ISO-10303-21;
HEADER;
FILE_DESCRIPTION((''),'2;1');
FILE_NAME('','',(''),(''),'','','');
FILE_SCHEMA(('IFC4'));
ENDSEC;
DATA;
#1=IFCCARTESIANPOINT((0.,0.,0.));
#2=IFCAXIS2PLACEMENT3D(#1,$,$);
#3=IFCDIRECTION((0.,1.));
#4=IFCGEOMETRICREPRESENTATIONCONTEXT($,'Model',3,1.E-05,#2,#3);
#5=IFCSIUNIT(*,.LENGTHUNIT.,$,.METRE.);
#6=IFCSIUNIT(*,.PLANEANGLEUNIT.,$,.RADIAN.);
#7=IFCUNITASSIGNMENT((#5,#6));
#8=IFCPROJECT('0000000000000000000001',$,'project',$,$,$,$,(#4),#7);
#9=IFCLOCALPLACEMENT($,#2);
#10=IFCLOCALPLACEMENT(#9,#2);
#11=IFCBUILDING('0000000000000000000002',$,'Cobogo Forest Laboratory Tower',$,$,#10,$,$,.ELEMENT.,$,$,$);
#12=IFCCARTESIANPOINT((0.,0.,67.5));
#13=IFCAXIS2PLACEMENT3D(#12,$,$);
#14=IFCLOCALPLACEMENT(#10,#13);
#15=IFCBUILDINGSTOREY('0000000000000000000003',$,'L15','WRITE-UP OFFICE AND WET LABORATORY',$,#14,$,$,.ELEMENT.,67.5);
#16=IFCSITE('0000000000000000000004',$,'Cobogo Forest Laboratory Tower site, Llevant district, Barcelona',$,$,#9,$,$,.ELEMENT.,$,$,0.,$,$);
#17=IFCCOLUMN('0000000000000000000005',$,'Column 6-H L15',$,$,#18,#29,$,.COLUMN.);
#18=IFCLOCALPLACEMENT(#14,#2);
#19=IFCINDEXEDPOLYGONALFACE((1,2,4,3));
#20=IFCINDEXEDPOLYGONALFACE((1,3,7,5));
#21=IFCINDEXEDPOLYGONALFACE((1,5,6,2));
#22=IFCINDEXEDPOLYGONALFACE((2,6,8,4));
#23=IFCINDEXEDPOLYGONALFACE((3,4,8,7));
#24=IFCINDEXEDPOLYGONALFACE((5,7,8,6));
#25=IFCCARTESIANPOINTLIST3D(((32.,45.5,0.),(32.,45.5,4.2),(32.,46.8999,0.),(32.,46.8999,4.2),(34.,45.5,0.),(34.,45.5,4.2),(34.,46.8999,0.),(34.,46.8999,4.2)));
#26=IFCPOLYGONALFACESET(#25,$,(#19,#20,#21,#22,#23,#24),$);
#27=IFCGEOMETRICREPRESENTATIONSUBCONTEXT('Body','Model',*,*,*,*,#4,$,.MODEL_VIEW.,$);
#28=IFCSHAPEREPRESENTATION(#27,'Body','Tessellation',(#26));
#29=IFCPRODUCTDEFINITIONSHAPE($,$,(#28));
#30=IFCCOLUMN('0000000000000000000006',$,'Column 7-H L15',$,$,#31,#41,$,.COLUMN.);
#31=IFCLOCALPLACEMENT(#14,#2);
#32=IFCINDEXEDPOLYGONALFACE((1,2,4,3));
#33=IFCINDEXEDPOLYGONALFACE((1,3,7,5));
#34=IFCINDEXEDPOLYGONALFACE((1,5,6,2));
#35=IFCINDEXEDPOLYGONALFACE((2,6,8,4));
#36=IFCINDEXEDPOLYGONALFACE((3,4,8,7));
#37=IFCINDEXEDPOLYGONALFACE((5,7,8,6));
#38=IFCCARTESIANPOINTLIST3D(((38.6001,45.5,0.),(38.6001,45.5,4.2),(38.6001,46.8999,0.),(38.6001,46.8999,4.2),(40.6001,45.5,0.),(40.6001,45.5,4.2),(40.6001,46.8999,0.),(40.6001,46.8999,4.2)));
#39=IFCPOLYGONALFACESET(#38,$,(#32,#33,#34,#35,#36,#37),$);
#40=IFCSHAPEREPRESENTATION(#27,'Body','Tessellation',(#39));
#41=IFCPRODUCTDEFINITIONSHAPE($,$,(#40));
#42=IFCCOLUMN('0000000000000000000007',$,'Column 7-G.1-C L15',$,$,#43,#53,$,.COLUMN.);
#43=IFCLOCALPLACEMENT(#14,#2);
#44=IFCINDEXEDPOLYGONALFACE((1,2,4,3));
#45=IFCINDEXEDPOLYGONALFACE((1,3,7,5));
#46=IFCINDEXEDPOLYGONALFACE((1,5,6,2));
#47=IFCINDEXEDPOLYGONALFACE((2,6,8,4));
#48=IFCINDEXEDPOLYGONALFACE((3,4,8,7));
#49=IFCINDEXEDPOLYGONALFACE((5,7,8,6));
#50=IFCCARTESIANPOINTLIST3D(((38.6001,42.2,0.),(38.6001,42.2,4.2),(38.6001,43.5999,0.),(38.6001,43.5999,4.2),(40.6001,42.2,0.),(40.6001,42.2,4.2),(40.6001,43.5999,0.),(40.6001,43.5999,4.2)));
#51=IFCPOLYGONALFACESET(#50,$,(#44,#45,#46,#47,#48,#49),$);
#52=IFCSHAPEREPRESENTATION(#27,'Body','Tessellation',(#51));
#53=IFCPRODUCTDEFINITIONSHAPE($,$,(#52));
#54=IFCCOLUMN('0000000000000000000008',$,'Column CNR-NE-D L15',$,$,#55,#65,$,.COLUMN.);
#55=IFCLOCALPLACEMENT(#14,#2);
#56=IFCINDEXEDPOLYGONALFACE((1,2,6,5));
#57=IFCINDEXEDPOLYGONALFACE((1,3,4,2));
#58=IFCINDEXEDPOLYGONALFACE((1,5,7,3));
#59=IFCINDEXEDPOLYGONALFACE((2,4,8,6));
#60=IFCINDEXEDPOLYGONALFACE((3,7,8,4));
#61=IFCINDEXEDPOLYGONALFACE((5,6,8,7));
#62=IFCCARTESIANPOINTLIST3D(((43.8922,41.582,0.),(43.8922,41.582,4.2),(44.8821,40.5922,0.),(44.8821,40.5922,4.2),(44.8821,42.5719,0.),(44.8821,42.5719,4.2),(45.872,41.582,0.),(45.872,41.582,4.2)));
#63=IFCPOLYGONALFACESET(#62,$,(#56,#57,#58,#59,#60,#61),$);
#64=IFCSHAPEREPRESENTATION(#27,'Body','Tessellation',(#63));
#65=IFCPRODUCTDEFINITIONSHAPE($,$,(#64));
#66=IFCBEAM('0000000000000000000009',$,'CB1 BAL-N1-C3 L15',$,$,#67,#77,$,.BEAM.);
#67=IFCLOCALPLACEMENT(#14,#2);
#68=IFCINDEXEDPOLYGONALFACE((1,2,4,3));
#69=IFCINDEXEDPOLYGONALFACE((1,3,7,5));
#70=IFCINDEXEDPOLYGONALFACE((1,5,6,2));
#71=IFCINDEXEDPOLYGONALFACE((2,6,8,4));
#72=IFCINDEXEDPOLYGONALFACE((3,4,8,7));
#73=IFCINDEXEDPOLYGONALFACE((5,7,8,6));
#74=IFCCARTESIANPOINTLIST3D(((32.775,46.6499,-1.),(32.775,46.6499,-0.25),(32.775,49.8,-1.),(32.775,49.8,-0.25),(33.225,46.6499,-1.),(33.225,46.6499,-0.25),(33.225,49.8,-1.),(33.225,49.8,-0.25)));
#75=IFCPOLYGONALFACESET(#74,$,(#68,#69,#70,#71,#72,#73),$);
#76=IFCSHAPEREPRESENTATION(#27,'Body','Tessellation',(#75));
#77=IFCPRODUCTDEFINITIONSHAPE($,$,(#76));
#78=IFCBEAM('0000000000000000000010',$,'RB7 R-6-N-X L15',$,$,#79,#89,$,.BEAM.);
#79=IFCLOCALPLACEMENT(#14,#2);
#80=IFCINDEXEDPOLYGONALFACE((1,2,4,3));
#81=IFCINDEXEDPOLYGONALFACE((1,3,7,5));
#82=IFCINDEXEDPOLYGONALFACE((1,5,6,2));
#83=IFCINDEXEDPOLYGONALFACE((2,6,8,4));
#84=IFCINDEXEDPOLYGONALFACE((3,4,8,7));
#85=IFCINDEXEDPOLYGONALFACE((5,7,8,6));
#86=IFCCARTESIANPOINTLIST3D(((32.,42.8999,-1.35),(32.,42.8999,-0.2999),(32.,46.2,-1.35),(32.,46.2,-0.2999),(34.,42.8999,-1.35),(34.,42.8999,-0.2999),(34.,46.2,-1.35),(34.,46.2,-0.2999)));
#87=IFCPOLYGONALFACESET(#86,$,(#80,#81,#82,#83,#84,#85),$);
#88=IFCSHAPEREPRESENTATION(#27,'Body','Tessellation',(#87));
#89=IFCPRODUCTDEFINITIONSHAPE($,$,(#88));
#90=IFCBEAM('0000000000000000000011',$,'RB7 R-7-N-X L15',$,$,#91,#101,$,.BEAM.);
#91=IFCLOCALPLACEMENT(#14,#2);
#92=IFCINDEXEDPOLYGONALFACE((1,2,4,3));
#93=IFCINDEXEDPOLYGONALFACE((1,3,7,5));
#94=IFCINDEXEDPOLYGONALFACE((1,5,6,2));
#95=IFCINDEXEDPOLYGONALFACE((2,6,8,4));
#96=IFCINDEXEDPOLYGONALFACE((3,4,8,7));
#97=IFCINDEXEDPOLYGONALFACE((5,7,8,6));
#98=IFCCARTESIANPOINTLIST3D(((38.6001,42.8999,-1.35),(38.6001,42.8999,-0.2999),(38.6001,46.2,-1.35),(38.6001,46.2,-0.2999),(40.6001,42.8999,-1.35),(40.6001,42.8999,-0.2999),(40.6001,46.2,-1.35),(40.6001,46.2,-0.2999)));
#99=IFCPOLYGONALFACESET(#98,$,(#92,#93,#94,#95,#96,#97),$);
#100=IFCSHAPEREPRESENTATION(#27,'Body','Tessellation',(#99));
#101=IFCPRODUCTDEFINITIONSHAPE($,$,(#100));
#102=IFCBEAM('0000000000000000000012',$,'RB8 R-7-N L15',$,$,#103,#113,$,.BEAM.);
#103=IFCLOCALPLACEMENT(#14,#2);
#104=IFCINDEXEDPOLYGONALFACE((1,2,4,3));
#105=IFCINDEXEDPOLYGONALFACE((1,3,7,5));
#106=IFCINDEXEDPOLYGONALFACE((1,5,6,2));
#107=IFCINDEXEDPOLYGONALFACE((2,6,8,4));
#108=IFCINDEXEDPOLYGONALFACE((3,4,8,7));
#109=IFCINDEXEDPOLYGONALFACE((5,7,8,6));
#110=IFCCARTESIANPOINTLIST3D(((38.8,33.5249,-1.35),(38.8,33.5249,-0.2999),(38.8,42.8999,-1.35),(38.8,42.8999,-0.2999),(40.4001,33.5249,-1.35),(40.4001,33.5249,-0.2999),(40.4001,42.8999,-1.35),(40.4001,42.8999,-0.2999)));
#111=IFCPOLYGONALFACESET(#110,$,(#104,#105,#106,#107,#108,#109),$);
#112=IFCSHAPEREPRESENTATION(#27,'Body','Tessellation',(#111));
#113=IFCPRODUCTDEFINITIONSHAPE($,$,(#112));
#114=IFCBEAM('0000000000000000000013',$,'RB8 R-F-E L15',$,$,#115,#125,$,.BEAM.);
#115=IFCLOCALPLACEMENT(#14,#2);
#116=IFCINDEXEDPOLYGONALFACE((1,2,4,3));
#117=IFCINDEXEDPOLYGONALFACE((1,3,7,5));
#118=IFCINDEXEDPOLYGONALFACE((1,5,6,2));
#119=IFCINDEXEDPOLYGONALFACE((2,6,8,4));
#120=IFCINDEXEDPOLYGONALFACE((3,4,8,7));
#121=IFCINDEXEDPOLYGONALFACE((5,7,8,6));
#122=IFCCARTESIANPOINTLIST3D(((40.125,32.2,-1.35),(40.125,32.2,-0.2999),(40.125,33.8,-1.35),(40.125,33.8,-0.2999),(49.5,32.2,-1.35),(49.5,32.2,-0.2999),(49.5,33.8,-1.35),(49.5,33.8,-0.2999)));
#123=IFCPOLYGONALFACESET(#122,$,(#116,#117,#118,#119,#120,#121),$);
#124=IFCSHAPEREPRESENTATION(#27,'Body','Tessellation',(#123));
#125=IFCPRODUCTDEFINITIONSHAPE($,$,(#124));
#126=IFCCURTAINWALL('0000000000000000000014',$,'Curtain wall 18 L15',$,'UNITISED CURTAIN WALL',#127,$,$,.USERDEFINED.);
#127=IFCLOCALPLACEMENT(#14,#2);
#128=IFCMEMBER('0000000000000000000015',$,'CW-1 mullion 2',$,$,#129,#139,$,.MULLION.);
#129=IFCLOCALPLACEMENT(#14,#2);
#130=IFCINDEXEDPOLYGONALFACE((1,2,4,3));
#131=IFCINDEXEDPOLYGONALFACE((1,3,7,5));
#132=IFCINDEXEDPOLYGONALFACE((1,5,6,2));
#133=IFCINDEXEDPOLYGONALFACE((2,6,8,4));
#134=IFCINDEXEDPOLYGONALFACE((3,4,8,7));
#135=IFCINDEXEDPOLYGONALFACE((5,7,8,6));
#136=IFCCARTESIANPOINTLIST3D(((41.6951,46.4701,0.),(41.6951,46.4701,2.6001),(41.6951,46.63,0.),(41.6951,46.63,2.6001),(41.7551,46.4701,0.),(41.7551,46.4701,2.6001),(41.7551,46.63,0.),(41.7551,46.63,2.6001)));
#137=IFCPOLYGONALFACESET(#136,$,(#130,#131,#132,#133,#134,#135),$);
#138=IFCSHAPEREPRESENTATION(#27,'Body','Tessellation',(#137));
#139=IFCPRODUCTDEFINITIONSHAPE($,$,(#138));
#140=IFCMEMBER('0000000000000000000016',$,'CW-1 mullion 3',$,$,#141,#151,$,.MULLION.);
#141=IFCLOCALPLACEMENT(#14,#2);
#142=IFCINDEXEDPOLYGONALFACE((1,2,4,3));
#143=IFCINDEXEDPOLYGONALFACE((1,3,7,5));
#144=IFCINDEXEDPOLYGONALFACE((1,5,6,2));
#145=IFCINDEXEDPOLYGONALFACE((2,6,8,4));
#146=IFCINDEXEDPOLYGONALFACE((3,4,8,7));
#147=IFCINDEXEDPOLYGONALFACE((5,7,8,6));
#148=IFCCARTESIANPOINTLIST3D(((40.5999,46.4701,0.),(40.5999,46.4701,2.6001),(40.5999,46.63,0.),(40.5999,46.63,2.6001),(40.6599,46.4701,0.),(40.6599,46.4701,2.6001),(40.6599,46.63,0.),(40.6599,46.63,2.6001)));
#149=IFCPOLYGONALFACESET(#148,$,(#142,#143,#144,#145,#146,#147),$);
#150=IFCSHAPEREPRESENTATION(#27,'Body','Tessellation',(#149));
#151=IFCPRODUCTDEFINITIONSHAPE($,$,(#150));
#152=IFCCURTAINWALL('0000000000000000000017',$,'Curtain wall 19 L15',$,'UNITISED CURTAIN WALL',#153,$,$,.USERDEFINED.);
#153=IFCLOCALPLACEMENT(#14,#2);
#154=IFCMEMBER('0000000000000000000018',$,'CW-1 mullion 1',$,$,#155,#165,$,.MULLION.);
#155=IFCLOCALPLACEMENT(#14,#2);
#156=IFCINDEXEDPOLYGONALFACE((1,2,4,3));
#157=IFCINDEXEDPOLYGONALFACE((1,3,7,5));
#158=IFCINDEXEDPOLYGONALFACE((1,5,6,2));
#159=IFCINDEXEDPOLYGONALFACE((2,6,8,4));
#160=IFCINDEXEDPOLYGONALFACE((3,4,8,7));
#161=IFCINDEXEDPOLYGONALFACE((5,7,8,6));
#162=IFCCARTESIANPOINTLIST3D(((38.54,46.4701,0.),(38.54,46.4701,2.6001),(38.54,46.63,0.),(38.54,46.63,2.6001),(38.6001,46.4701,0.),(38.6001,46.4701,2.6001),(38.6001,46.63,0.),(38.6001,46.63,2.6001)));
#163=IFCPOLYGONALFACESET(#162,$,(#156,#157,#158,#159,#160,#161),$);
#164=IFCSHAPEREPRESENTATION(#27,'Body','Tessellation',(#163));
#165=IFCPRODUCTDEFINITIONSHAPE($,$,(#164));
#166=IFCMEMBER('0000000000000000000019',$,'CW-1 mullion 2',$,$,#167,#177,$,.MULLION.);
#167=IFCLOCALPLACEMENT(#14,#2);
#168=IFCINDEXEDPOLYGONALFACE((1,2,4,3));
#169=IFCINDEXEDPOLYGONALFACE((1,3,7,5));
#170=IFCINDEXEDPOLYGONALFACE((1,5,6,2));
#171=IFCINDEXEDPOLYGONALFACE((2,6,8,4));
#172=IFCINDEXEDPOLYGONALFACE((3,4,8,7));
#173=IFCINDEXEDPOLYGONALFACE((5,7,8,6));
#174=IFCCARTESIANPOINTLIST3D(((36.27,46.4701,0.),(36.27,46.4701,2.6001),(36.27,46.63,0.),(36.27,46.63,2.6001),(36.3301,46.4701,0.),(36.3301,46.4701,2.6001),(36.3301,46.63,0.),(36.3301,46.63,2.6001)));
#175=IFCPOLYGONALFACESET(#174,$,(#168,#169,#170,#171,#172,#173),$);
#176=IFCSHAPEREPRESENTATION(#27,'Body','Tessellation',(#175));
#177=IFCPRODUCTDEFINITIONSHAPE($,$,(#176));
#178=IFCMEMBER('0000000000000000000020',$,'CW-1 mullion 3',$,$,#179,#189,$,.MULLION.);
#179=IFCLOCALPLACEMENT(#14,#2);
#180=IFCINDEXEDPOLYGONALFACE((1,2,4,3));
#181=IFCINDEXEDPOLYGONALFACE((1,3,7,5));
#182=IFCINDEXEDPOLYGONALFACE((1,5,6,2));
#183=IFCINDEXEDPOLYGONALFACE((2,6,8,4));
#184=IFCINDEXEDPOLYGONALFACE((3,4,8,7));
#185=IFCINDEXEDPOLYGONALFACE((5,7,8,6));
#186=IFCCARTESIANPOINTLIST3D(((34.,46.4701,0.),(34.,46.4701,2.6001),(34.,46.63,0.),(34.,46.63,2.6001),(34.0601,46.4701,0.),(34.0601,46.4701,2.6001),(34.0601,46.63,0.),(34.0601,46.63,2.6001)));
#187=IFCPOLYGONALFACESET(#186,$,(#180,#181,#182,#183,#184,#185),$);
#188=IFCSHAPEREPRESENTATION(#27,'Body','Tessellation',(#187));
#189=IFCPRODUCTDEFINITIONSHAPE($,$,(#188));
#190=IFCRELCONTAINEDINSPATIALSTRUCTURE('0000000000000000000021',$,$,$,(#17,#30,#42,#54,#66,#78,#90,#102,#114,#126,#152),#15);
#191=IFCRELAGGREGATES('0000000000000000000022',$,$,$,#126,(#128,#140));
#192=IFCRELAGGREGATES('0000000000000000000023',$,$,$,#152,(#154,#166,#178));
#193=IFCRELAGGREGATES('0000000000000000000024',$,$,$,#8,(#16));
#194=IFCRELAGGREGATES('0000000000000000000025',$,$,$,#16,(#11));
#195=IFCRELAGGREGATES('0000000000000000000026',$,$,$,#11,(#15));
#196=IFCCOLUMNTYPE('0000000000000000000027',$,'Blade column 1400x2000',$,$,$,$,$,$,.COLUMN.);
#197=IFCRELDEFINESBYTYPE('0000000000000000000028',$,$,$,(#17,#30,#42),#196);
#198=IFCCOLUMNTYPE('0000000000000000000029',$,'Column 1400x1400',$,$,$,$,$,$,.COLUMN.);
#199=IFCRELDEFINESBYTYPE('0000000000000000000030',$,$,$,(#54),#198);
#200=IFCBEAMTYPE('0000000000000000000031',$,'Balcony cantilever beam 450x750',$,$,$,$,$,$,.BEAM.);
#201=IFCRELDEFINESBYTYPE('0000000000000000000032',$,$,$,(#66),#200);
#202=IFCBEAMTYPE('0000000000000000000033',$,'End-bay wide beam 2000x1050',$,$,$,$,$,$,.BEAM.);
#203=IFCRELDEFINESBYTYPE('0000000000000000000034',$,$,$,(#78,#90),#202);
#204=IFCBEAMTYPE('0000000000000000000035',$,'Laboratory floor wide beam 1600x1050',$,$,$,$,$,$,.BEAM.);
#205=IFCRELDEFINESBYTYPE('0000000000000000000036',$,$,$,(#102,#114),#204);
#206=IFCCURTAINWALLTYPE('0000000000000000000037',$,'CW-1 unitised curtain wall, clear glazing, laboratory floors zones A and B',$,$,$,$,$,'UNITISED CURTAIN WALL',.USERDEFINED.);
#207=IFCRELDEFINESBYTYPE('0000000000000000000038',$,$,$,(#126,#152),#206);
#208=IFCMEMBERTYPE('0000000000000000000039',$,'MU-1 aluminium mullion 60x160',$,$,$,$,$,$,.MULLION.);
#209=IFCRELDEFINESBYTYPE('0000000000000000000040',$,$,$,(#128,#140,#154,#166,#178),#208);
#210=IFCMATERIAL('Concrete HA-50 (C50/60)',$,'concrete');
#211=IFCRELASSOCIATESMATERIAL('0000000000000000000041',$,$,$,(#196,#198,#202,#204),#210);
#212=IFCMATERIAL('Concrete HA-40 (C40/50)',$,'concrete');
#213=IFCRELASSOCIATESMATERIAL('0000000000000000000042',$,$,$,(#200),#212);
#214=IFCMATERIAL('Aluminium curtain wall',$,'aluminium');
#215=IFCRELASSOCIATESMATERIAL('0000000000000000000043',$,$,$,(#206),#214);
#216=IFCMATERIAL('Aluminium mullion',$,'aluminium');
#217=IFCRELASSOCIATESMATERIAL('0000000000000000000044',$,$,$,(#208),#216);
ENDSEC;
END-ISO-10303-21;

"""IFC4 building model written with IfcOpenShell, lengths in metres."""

from ifc_helpers import new_model, si_unit, direction, frame, origin, origin_2d, place, context, subcontext, project, spatial, rectangle, extrude, material, material_profile, profile_set, type_object, element, aggregate, save


model = new_model("IFC4")

# Units and contexts
model_context = context("Model", 3, precision=1e-05, world=origin(), true_north=direction((0.0, 1.0)))
body_context = subcontext(model_context, "Body", "Model", "MODEL_VIEW")
ifc_project = project(units=[si_unit("LENGTHUNIT", "METRE"), si_unit("PLANEANGLEUNIT", "RADIAN")], contexts=[model_context])

# Site, building, storey
site_placement = place(None, origin())
site = spatial("IfcSite", under=ifc_project, at=site_placement, Name="Cobogo Forest Laboratory Tower site, Llevant district, Barcelona", CompositionType="ELEMENT", RefElevation=0.0)
building_placement = place(site_placement, origin())
building = spatial("IfcBuilding", under=site, at=building_placement, Name="Cobogo Forest Laboratory Tower", CompositionType="ELEMENT")
storey_placement = place(building_placement, frame((0.0, 0.0, 67.5)))
storey = spatial("IfcBuildingStorey", under=building, at=storey_placement, Name="L15", Description="WRITE-UP OFFICE AND WET LABORATORY", CompositionType="ELEMENT", Elevation=67.5)

# Columns
ifc_material_1 = material(Name="Concrete HA-50 (C50/60)", Category="concrete")
ifc_material_profile_1 = material_profile(ifc_material_1, rectangle(XDim=2.0, YDim=1.3999, at=origin_2d()), Name="RC 1400x2000")
ifc_profile_set_1 = profile_set([ifc_material_profile_1], Name="Concrete HA-50 (C50/60)")
column_type_1 = type_object("IfcColumnType", Name="Blade column 1400x2000", PredefinedType="COLUMN", material=ifc_profile_set_1)
for number, where, z_axis, x_axis, name in (
    (1, (33.0, 46.2, 0.0), (0.0, 0.0, 1.0), (1.0, 0.0, 0.0), "Column 6-H L15"),
    (2, (39.6001, 46.2, 0.0), (0.0, 0.0, 1.0), (1.0, 0.0, 0.0), "Column 7-H L15"),
    (3, (39.6001, 42.8999, 0.0), (0.0, 0.0, 1.0), (1.0, 0.0, 0.0), "Column 7-G.1-C L15"),
):
    element("IfcColumn", number, at=place(storey_placement, frame(where, z_axis=z_axis, x_axis=x_axis)), inside=storey, type_object=column_type_1, Name=name, PredefinedType="COLUMN", context=body_context, shape_type="SweptSolid", body=[
        extrude(rectangle(XDim=2.0, YDim=1.3999, at=origin_2d()), origin(), (0.0, 0.0, 1.0), 4.2),
    ])
ifc_material_profile_2 = material_profile(ifc_material_1, rectangle(XDim=1.3999, YDim=1.3999, at=origin_2d()), Name="RC 1400x1400")
ifc_profile_set_2 = profile_set([ifc_material_profile_2], Name="Concrete HA-50 (C50/60)")
column_type_2 = type_object("IfcColumnType", Name="Column 1400x1400", PredefinedType="COLUMN", material=ifc_profile_set_2)
column_placement = place(storey_placement, frame((44.8821, 41.582, 0.0), z_axis=(0.0, 0.0, 1.0), x_axis=(0.707107, 0.707107, 0.0)))
element("IfcColumn", 4, at=column_placement, inside=storey, type_object=column_type_2, Name="Column CNR-NE-D L15", PredefinedType="COLUMN", context=body_context, shape_type="SweptSolid", body=[
    extrude(rectangle(XDim=1.3999, YDim=1.3999, at=origin_2d()), origin(), (0.0, 0.0, 1.0), 4.2),
])

# Beams
ifc_material_2 = material(Name="Concrete HA-40 (C40/50)", Category="concrete")
ifc_material_profile_3 = material_profile(ifc_material_2, rectangle(XDim=0.45, YDim=0.75, at=origin_2d()), Name="RC 450x750")
ifc_profile_set_3 = profile_set([ifc_material_profile_3], Name="Concrete HA-40 (C40/50)")
beam_type_1 = type_object("IfcBeamType", Name="Balcony cantilever beam 450x750", PredefinedType="BEAM", material=ifc_profile_set_3)
beam_1_placement = place(storey_placement, frame((33.0, 46.6499, -0.625), z_axis=(0.0, 1.0, 0.0), x_axis=(-1.0, 0.0, 0.0)))
element("IfcBeam", 5, at=beam_1_placement, inside=storey, type_object=beam_type_1, Name="CB1 BAL-N1-C3 L15", PredefinedType="BEAM", context=body_context, shape_type="SweptSolid", body=[
    extrude(rectangle(XDim=0.45, YDim=0.75, at=origin_2d()), origin(), (0.0, 0.0, 1.0), 3.1501),
])
ifc_material_profile_4 = material_profile(ifc_material_1, rectangle(XDim=2.0, YDim=1.05, at=origin_2d()), Name="RC 2000x1050")
ifc_profile_set_4 = profile_set([ifc_material_profile_4], Name="Concrete HA-50 (C50/60)")
beam_type_2 = type_object("IfcBeamType", Name="End-bay wide beam 2000x1050", PredefinedType="BEAM", material=ifc_profile_set_4)
for number, where, z_axis, x_axis, name in (
    (6, (33.0, 46.2, -0.825), (0.0, -1.0, 0.0), (1.0, 0.0, 0.0), "RB7 R-6-N-X L15"),
    (7, (39.6001, 46.2, -0.825), (0.0, -1.0, 0.0), (1.0, 0.0, 0.0), "RB7 R-7-N-X L15"),
):
    element("IfcBeam", number, at=place(storey_placement, frame(where, z_axis=z_axis, x_axis=x_axis)), inside=storey, type_object=beam_type_2, Name=name, PredefinedType="BEAM", context=body_context, shape_type="SweptSolid", body=[
        extrude(rectangle(XDim=2.0, YDim=1.05, at=origin_2d()), origin(), (0.0, 0.0, 1.0), 3.3),
    ])
ifc_material_profile_5 = material_profile(ifc_material_1, rectangle(XDim=1.6001, YDim=1.05, at=origin_2d()), Name="RC 1600x1050")
ifc_profile_set_5 = profile_set([ifc_material_profile_5], Name="Concrete HA-50 (C50/60)")
beam_type_3 = type_object("IfcBeamType", Name="Laboratory floor wide beam 1600x1050", PredefinedType="BEAM", material=ifc_profile_set_5)
for number, where, z_axis, x_axis, name in (
    (8, (39.6001, 33.5249, -0.825), (0.0, 1.0, 0.0), (-1.0, 0.0, 0.0), "RB8 R-7-N L15"),
    (9, (40.125, 33.0, -0.825), (1.0, 0.0, 0.0), (0.0, 1.0, 0.0), "RB8 R-F-E L15"),
):
    element("IfcBeam", number, at=place(storey_placement, frame(where, z_axis=z_axis, x_axis=x_axis)), inside=storey, type_object=beam_type_3, Name=name, PredefinedType="BEAM", context=body_context, shape_type="SweptSolid", body=[
        extrude(rectangle(XDim=1.6001, YDim=1.05, at=origin_2d()), origin(), (0.0, 0.0, 1.0), 9.375),
    ])

# Curtain walls, members
ifc_material_3 = material(Name="Aluminium curtain wall", Category="aluminium")
curtain_wall_type = type_object("IfcCurtainWallType", Name="CW-1 unitised curtain wall, clear glazing, laboratory floors zones A and B", ElementType="UNITISED CURTAIN WALL", PredefinedType="USERDEFINED", material=ifc_material_3)
curtain_wall_1_placement = place(storey_placement, origin())
curtain_wall_1 = element("IfcCurtainWall", 10, at=curtain_wall_1_placement, inside=storey, type_object=curtain_wall_type, Name="Curtain wall 18 L15", ObjectType="UNITISED CURTAIN WALL", PredefinedType="USERDEFINED")
ifc_material_4 = material(Name="Aluminium mullion", Category="aluminium")
ifc_material_profile_6 = material_profile(ifc_material_4, rectangle(XDim=0.0601, YDim=0.1599, at=origin_2d()), Name="AL 60x160")
ifc_profile_set_6 = profile_set([ifc_material_profile_6], Name="Aluminium mullion")
member_type_1 = type_object("IfcMemberType", Name="MU-1 aluminium mullion 60x160", PredefinedType="MULLION", material=ifc_profile_set_6)
member_1_placement = place(storey_placement, frame((41.7251, 46.55, 0.0), z_axis=(0.0, 0.0, 1.0), x_axis=(-1.0, 0.0, 0.0)))
member_1 = element("IfcMember", 11, at=member_1_placement, type_object=member_type_1, Name="CW-1 mullion 2", PredefinedType="MULLION", context=body_context, shape_type="SweptSolid", body=[
    extrude(rectangle(XDim=0.0601, YDim=0.1599, at=origin_2d()), origin(), (0.0, 0.0, 1.0), 2.6001),
])
member_2_placement = place(storey_placement, frame((40.6299, 46.55, 0.0), z_axis=(0.0, 0.0, 1.0), x_axis=(-1.0, 0.0, 0.0)))
member_2 = element("IfcMember", 12, at=member_2_placement, type_object=member_type_1, Name="CW-1 mullion 3", PredefinedType="MULLION", context=body_context, shape_type="SweptSolid", body=[
    extrude(rectangle(XDim=0.0601, YDim=0.1599, at=origin_2d()), origin(), (0.0, 0.0, 1.0), 2.6001),
])
curtain_wall_2_placement = place(storey_placement, origin())
curtain_wall_2 = element("IfcCurtainWall", 13, at=curtain_wall_2_placement, inside=storey, type_object=curtain_wall_type, Name="Curtain wall 19 L15", ObjectType="UNITISED CURTAIN WALL", PredefinedType="USERDEFINED")
member_3_placement = place(storey_placement, frame((38.5701, 46.55, 0.0), z_axis=(0.0, 0.0, 1.0), x_axis=(-1.0, 0.0, 0.0)))
member_3 = element("IfcMember", 14, at=member_3_placement, type_object=member_type_1, Name="CW-1 mullion 1", PredefinedType="MULLION", context=body_context, shape_type="SweptSolid", body=[
    extrude(rectangle(XDim=0.0601, YDim=0.1599, at=origin_2d()), origin(), (0.0, 0.0, 1.0), 2.6001),
])
member_4_placement = place(storey_placement, frame((36.3, 46.55, 0.0), z_axis=(0.0, 0.0, 1.0), x_axis=(-1.0, 0.0, 0.0)))
member_4 = element("IfcMember", 15, at=member_4_placement, type_object=member_type_1, Name="CW-1 mullion 2", PredefinedType="MULLION", context=body_context, shape_type="SweptSolid", body=[
    extrude(rectangle(XDim=0.0601, YDim=0.1599, at=origin_2d()), origin(), (0.0, 0.0, 1.0), 2.6001),
])
member_5_placement = place(storey_placement, frame((34.03, 46.55, 0.0), z_axis=(0.0, 0.0, 1.0), x_axis=(-1.0, 0.0, 0.0)))
member_5 = element("IfcMember", 16, at=member_5_placement, type_object=member_type_1, Name="CW-1 mullion 3", PredefinedType="MULLION", context=body_context, shape_type="SweptSolid", body=[
    extrude(rectangle(XDim=0.0601, YDim=0.1599, at=origin_2d()), origin(), (0.0, 0.0, 1.0), 2.6001),
])

aggregate(curtain_wall_1, [member_1, member_2])
aggregate(curtain_wall_2, [member_3, member_4, member_5])

save(model, "model.ifc")
